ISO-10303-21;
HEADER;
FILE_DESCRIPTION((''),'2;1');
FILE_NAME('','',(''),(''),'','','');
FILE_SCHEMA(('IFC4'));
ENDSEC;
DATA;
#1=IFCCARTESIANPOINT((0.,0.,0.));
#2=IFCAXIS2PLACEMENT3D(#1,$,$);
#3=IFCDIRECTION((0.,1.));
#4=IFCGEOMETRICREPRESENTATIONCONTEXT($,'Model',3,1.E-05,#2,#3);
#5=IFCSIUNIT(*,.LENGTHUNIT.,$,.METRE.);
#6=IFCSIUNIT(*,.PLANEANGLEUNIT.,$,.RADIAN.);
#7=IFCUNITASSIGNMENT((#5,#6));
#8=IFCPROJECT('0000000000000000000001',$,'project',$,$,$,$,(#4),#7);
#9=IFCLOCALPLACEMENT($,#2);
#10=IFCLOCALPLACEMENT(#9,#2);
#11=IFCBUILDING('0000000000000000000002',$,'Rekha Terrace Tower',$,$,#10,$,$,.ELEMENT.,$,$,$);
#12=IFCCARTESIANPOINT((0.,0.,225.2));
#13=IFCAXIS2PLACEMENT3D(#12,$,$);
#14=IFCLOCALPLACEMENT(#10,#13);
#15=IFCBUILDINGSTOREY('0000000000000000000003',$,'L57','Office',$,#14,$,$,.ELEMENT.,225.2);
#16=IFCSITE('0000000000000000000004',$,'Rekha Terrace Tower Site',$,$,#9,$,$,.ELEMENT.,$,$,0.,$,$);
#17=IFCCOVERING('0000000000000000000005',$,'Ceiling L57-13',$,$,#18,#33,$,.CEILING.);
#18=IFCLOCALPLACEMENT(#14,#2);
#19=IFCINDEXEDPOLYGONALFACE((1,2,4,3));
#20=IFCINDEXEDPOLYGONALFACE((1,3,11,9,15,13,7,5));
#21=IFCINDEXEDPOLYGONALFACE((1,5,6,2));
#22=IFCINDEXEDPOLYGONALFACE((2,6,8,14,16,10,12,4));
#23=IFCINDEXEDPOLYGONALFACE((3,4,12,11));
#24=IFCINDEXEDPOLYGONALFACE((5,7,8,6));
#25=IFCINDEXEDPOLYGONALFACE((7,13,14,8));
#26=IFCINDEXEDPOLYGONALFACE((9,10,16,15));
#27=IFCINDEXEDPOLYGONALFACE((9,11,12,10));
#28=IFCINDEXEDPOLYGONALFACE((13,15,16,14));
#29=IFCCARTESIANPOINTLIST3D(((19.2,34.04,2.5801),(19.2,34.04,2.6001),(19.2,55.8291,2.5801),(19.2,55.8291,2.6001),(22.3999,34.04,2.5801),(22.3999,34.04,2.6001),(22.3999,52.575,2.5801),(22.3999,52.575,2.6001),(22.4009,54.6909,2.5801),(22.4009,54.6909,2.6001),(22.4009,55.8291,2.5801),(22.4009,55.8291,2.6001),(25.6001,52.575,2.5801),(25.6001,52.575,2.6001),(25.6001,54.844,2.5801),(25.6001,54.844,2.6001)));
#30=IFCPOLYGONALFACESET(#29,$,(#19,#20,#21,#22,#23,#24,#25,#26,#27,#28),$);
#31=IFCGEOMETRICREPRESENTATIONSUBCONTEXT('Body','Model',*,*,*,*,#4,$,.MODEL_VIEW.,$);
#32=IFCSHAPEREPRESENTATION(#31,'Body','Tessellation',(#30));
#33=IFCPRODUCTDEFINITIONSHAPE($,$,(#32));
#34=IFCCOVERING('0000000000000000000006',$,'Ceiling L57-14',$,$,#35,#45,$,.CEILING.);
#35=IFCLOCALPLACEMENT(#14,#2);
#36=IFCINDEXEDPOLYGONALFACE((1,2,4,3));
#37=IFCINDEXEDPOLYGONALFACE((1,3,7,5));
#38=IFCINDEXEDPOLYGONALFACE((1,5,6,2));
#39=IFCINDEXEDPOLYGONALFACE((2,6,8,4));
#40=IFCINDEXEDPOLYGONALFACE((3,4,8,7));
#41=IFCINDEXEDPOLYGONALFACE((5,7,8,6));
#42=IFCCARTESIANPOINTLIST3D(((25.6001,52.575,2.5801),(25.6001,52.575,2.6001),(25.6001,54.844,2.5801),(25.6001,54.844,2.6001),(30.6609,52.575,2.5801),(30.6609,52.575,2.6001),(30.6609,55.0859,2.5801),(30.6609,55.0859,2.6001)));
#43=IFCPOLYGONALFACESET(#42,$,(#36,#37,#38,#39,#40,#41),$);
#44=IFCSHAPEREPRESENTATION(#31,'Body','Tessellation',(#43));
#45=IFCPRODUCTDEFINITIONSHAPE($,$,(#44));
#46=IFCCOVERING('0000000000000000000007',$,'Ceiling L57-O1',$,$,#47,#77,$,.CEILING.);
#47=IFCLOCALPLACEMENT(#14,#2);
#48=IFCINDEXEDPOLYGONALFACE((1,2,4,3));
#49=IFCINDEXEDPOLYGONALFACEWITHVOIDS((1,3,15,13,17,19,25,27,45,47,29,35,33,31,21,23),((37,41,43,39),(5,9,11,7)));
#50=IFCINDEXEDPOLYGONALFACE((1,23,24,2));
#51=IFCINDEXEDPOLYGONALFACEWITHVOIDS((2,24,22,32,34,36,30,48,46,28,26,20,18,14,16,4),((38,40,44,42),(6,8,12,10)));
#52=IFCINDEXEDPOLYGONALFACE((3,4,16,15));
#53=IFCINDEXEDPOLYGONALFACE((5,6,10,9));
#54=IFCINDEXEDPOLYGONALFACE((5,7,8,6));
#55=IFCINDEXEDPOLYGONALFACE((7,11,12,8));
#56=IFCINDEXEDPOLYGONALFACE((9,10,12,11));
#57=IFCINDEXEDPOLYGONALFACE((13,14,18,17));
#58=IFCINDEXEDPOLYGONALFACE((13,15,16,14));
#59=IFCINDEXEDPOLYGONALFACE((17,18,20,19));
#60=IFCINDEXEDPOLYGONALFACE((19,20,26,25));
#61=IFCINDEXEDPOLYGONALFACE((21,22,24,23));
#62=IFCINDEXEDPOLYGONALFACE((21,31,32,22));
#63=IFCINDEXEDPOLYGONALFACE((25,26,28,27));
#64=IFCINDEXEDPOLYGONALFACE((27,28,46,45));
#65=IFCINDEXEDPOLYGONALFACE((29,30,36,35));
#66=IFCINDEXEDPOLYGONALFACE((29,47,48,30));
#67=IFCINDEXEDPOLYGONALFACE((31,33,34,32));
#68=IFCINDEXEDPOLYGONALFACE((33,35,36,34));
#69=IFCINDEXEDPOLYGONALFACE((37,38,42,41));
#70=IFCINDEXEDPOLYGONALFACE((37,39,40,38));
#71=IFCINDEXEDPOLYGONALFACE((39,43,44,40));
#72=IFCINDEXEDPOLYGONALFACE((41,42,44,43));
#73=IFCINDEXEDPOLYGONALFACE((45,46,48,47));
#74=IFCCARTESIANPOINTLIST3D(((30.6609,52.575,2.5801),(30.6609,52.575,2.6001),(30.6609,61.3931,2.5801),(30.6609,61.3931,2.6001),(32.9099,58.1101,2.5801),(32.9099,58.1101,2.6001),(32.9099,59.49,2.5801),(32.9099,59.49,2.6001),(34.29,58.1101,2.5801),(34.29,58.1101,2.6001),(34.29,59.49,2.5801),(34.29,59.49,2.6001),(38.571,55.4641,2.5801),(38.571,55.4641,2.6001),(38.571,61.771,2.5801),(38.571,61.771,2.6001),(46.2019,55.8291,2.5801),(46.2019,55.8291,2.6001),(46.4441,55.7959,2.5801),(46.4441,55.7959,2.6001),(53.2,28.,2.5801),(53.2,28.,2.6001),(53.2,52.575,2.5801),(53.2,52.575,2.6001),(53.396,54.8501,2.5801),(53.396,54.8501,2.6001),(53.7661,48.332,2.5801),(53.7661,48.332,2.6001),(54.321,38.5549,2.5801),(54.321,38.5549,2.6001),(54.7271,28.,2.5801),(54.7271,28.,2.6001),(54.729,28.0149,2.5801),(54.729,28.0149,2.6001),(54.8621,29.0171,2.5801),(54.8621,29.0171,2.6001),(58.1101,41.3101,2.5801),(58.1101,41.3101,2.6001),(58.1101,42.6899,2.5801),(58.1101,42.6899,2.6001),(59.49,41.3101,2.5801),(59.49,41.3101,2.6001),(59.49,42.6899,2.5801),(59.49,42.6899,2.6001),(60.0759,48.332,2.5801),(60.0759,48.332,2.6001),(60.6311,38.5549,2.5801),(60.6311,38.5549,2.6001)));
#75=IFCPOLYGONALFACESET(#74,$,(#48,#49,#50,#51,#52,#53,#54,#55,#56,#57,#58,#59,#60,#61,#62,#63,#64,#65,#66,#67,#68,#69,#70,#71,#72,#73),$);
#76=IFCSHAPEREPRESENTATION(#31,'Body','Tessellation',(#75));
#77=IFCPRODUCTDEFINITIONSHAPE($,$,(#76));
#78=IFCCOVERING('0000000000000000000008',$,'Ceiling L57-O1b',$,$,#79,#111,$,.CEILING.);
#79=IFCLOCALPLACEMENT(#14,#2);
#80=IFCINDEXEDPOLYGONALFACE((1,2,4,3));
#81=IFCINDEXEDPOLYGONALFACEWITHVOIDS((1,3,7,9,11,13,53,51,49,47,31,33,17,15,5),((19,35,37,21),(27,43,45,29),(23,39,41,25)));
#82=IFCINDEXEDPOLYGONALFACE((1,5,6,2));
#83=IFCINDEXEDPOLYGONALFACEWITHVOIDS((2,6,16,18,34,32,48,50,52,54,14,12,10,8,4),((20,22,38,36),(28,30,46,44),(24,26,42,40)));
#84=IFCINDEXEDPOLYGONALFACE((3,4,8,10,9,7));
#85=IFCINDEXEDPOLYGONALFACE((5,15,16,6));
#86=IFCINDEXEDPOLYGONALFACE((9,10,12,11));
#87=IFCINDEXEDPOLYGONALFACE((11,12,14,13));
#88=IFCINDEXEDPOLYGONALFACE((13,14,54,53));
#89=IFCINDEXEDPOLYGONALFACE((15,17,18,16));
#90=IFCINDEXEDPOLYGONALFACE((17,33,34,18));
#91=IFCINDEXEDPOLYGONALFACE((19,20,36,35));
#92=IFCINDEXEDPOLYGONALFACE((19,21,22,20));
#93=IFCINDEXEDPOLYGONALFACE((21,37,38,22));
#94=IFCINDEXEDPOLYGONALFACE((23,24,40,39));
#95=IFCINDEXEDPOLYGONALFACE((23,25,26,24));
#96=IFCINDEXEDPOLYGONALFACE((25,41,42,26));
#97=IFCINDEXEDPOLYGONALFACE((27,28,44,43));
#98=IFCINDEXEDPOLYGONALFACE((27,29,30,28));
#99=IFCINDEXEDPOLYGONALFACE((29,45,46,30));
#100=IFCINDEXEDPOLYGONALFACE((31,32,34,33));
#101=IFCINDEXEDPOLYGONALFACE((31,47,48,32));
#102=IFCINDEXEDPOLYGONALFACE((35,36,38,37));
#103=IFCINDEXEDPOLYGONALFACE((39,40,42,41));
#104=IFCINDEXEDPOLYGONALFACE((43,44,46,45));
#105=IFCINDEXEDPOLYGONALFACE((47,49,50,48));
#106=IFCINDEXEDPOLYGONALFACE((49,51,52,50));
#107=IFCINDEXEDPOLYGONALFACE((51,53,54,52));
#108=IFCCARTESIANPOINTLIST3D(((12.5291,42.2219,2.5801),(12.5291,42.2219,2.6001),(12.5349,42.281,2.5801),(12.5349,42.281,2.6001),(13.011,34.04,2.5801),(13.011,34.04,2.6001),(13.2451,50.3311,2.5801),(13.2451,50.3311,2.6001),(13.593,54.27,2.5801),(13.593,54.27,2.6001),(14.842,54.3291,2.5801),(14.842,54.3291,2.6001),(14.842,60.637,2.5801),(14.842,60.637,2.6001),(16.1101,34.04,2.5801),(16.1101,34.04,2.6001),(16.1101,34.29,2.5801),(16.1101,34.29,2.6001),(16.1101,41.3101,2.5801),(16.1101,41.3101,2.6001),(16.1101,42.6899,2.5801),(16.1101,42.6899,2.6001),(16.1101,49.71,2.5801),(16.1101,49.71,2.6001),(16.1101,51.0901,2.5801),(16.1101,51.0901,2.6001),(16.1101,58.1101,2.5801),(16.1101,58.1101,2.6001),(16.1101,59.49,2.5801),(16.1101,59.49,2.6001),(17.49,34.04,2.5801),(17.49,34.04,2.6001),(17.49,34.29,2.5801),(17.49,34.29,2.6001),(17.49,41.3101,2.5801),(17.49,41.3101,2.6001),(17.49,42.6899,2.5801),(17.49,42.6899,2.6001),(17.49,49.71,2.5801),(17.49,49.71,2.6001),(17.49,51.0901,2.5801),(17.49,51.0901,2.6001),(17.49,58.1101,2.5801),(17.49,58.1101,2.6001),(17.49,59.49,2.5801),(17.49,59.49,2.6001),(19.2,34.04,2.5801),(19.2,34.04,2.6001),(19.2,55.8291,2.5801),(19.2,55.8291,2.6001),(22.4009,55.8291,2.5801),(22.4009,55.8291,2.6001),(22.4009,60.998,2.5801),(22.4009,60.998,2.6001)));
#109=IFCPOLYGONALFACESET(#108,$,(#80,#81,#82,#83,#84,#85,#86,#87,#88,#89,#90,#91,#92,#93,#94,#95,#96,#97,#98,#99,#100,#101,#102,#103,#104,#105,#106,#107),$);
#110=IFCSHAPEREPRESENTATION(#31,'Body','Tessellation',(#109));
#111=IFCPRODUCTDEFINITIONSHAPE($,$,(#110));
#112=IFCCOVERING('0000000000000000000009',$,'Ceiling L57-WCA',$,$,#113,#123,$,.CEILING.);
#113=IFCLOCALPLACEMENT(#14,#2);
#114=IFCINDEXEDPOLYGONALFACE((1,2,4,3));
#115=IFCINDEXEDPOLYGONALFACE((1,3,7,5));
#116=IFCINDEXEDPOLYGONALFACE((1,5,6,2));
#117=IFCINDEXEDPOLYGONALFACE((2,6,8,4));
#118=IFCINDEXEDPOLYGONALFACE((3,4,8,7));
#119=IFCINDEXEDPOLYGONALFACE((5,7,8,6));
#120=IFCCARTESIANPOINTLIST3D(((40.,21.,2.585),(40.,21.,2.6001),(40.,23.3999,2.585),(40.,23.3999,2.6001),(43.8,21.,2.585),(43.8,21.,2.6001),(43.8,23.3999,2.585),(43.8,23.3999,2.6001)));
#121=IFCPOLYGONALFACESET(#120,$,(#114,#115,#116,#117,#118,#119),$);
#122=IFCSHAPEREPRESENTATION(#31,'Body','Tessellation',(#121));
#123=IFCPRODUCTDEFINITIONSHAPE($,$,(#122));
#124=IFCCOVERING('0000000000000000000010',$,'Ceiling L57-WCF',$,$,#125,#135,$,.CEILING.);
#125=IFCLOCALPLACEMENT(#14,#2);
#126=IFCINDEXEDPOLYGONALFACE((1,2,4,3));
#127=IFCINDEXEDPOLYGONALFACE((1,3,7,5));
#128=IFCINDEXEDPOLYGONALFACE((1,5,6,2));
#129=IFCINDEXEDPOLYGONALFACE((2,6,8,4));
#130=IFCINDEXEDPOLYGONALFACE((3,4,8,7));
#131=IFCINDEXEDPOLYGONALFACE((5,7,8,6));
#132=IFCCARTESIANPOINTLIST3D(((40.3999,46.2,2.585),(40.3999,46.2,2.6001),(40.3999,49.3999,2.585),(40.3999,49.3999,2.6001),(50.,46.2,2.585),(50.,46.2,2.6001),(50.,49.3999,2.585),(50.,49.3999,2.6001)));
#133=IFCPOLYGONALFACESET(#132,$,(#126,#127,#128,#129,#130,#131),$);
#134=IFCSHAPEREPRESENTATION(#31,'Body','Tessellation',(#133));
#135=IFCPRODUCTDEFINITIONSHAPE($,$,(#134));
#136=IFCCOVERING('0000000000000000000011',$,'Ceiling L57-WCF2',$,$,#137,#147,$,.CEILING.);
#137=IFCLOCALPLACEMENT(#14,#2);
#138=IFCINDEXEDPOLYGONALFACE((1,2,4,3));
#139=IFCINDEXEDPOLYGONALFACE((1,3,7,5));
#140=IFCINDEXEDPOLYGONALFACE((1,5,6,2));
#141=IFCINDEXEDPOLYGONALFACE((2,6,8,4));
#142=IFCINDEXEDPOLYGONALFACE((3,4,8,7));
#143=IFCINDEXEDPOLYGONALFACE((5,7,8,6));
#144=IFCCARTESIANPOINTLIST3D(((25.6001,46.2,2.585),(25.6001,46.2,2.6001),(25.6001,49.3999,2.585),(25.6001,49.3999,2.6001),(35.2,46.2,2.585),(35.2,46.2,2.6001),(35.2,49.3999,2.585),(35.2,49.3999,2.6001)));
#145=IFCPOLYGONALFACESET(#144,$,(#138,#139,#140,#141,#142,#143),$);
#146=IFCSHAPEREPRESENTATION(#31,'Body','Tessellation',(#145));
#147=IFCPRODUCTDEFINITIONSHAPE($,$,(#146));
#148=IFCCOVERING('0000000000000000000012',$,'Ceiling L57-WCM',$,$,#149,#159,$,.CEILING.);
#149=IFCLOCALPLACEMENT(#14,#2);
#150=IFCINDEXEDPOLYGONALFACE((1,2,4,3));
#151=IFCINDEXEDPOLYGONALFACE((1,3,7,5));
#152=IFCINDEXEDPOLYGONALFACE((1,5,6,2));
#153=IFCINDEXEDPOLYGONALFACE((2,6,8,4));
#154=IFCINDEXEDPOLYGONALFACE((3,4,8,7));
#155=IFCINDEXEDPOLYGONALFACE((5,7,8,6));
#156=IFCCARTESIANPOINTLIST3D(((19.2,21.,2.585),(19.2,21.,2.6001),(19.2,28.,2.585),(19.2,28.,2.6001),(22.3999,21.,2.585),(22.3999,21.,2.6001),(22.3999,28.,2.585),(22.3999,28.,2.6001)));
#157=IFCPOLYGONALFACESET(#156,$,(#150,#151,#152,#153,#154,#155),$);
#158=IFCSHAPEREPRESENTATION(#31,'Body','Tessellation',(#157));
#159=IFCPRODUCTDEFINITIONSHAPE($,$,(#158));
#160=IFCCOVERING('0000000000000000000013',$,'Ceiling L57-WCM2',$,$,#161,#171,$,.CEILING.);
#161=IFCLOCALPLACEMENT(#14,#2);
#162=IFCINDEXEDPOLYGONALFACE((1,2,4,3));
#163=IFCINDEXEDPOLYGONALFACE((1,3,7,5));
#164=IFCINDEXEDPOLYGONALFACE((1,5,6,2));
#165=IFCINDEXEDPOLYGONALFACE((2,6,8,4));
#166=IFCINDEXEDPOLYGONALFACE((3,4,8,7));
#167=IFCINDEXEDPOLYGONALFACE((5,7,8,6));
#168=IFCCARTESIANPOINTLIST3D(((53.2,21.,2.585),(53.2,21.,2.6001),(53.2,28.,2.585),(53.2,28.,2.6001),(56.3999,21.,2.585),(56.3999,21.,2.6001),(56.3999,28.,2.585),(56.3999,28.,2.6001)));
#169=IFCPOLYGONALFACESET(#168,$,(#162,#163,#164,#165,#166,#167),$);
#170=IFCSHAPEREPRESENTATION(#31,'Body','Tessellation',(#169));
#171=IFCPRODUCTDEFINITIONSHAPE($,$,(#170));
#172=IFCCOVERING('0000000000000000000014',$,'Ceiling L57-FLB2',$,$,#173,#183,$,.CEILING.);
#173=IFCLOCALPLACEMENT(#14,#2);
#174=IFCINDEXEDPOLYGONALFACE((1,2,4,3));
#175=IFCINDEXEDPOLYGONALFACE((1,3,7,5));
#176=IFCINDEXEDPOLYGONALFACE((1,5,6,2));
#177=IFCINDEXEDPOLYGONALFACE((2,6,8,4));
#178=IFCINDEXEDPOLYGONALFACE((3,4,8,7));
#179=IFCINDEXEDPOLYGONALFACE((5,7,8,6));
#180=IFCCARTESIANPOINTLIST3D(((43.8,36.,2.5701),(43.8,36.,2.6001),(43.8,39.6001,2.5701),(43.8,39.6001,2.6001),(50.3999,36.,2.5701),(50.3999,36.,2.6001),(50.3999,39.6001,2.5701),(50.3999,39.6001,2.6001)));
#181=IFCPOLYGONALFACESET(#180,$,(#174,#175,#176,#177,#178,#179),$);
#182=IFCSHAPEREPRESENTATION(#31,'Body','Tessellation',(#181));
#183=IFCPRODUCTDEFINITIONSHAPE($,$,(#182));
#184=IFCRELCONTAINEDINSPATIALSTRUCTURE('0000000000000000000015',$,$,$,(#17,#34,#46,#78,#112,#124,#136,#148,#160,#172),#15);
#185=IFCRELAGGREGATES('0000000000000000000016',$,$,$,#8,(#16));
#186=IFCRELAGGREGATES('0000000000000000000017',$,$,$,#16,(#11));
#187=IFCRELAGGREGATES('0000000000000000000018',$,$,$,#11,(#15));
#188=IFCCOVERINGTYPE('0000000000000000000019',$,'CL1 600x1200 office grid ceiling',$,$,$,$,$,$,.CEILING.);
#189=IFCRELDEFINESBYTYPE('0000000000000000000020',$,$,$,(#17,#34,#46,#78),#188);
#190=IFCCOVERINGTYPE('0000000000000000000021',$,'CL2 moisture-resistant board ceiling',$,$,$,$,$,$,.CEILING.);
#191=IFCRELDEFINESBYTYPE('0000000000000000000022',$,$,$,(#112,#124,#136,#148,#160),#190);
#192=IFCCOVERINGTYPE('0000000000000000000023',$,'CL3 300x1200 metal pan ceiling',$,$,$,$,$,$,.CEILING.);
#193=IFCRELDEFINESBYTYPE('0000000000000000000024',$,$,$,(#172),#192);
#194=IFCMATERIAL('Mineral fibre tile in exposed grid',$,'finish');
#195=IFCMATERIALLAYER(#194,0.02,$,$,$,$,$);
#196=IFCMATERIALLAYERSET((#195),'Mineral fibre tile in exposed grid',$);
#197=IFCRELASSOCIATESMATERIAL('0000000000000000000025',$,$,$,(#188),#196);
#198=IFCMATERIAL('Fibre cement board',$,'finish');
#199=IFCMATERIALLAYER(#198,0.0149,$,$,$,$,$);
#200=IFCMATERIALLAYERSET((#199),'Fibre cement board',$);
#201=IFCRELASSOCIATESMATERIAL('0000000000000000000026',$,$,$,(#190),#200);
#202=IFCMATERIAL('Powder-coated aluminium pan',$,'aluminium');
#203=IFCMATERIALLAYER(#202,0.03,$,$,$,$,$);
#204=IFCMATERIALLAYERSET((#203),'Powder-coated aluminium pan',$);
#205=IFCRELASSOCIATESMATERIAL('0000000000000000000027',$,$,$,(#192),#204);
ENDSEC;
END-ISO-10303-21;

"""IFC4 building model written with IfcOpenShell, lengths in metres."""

from ifc_helpers import new_model, si_unit, direction, frame, origin, place, context, subcontext, project, spatial, polyline, outline, extrude, material, layer, layer_set, type_object, element, save


model = new_model("IFC4")

# Units and contexts
model_context = context("Model", 3, precision=1e-05, world=origin(), true_north=direction((0.0, 1.0)))
body_context = subcontext(model_context, "Body", "Model", "MODEL_VIEW")
ifc_project = project(units=[si_unit("LENGTHUNIT", "METRE"), si_unit("PLANEANGLEUNIT", "RADIAN")], contexts=[model_context])

# Site, building, storey
site_placement = place(None, origin())
site = spatial("IfcSite", under=ifc_project, at=site_placement, Name="Rekha Terrace Tower Site", CompositionType="ELEMENT", RefElevation=0.0)
building_placement = place(site_placement, origin())
building = spatial("IfcBuilding", under=site, at=building_placement, Name="Rekha Terrace Tower", CompositionType="ELEMENT")
storey_placement = place(building_placement, frame((0.0, 0.0, 225.2)))
storey = spatial("IfcBuildingStorey", under=building, at=storey_placement, Name="L57", Description="Office", CompositionType="ELEMENT", Elevation=225.2)

# Coverings
ifc_material_1 = material(Name="Mineral fibre tile in exposed grid", Category="finish")
ifc_layer_1 = layer(ifc_material_1, 0.02)
ifc_layer_set_1 = layer_set([ifc_layer_1], Name="Mineral fibre tile in exposed grid")
covering_type_1 = type_object("IfcCoveringType", Name="CL1 600x1200 office grid ceiling", PredefinedType="CEILING", material=ifc_layer_set_1)
covering_1_placement = place(storey_placement, frame((0.0, 0.0, 2.5801)))
element("IfcCovering", 1, at=covering_1_placement, inside=storey, type_object=covering_type_1, Name="Ceiling L57-13", PredefinedType="CEILING", context=body_context, shape_type="SweptSolid", body=[
    extrude(outline(polyline([(22.3999, 52.575), (25.6001, 52.575), (25.6001, 54.844), (22.4009, 54.6909), (22.4009, 55.8291), (19.2, 55.8291), (19.2, 34.04), (22.3999, 34.04), (22.3999, 52.575)])), origin(), (0.0, 0.0, 1.0), 0.02),
])
covering_2_placement = place(storey_placement, frame((0.0, 0.0, 2.5801)))
element("IfcCovering", 2, at=covering_2_placement, inside=storey, type_object=covering_type_1, Name="Ceiling L57-14", PredefinedType="CEILING", context=body_context, shape_type="SweptSolid", body=[
    extrude(outline(polyline([(25.6001, 54.844), (25.6001, 52.575), (30.6609, 52.575), (30.6609, 55.0859), (25.6001, 54.844)])), origin(), (0.0, 0.0, 1.0), 0.02),
])
covering_3_placement = place(storey_placement, frame((0.0, 0.0, 2.5801)))
element("IfcCovering", 3, at=covering_3_placement, inside=storey, type_object=covering_type_1, Name="Ceiling L57-O1", PredefinedType="CEILING", context=body_context, shape_type="SweptSolid", body=[
    extrude(outline(polyline([(46.2019, 55.8291), (38.571, 55.4641), (38.571, 61.771), (30.6609, 61.3931), (30.6609, 52.575), (53.2, 52.575), (53.2, 28.0), (54.7271, 28.0), (54.729, 28.0149), (54.8621, 29.0171), (54.321, 38.5549), (60.6311, 38.5549), (60.0759, 48.332), (53.7661, 48.332), (53.396, 54.8501), (46.4441, 55.7959), (46.2019, 55.8291)]), holes=[polyline([(59.49, 41.3101), (58.1101, 41.3101), (58.1101, 42.6899), (59.49, 42.6899), (59.49, 41.3101)]), polyline([(34.29, 58.1101), (32.9099, 58.1101), (32.9099, 59.49), (34.29, 59.49), (34.29, 58.1101)])]), origin(), (0.0, 0.0, 1.0), 0.02),
])
covering_4_placement = place(storey_placement, frame((0.0, 0.0, 2.5801)))
element("IfcCovering", 4, at=covering_4_placement, inside=storey, type_object=covering_type_1, Name="Ceiling L57-O1b", PredefinedType="CEILING", context=body_context, shape_type="SweptSolid", body=[
    extrude(outline(polyline([(13.2451, 50.3311), (12.5349, 42.281), (12.5291, 42.2219), (13.011, 34.04), (16.1101, 34.04), (16.1101, 34.29), (17.49, 34.29), (17.49, 34.04), (19.2, 34.04), (19.2, 55.8291), (22.4009, 55.8291), (22.4009, 60.998), (14.842, 60.637), (14.842, 54.3291), (13.593, 54.27), (13.2451, 50.3311)]), holes=[polyline([(17.49, 42.6899), (17.49, 41.3101), (16.1101, 41.3101), (16.1101, 42.6899), (17.49, 42.6899)]), polyline([(17.49, 51.0901), (17.49, 49.71), (16.1101, 49.71), (16.1101, 51.0901), (17.49, 51.0901)]), polyline([(17.49, 59.49), (17.49, 58.1101), (16.1101, 58.1101), (16.1101, 59.49), (17.49, 59.49)])]), origin(), (0.0, 0.0, 1.0), 0.02),
])
ifc_material_2 = material(Name="Fibre cement board", Category="finish")
ifc_layer_2 = layer(ifc_material_2, 0.0149)
ifc_layer_set_2 = layer_set([ifc_layer_2], Name="Fibre cement board")
covering_type_2 = type_object("IfcCoveringType", Name="CL2 moisture-resistant board ceiling", PredefinedType="CEILING", material=ifc_layer_set_2)
covering_5_placement = place(storey_placement, frame((0.0, 0.0, 2.585)))
element("IfcCovering", 5, at=covering_5_placement, inside=storey, type_object=covering_type_2, Name="Ceiling L57-WCA", PredefinedType="CEILING", context=body_context, shape_type="SweptSolid", body=[
    extrude(outline(polyline([(43.8, 23.3999), (40.0, 23.3999), (40.0, 21.0), (43.8, 21.0), (43.8, 23.3999)])), origin(), (0.0, 0.0, 1.0), 0.0151),
])
covering_6_placement = place(storey_placement, frame((0.0, 0.0, 2.585)))
element("IfcCovering", 6, at=covering_6_placement, inside=storey, type_object=covering_type_2, Name="Ceiling L57-WCF", PredefinedType="CEILING", context=body_context, shape_type="SweptSolid", body=[
    extrude(outline(polyline([(50.0, 49.3999), (40.3999, 49.3999), (40.3999, 46.2), (50.0, 46.2), (50.0, 49.3999)])), origin(), (0.0, 0.0, 1.0), 0.0151),
])
covering_7_placement = place(storey_placement, frame((0.0, 0.0, 2.585)))
element("IfcCovering", 7, at=covering_7_placement, inside=storey, type_object=covering_type_2, Name="Ceiling L57-WCF2", PredefinedType="CEILING", context=body_context, shape_type="SweptSolid", body=[
    extrude(outline(polyline([(35.2, 49.3999), (25.6001, 49.3999), (25.6001, 46.2), (35.2, 46.2), (35.2, 49.3999)])), origin(), (0.0, 0.0, 1.0), 0.0151),
])
covering_8_placement = place(storey_placement, frame((0.0, 0.0, 2.585)))
element("IfcCovering", 8, at=covering_8_placement, inside=storey, type_object=covering_type_2, Name="Ceiling L57-WCM", PredefinedType="CEILING", context=body_context, shape_type="SweptSolid", body=[
    extrude(outline(polyline([(22.3999, 28.0), (19.2, 28.0), (19.2, 21.0), (22.3999, 21.0), (22.3999, 28.0)])), origin(), (0.0, 0.0, 1.0), 0.0151),
])
covering_9_placement = place(storey_placement, frame((0.0, 0.0, 2.585)))
element("IfcCovering", 9, at=covering_9_placement, inside=storey, type_object=covering_type_2, Name="Ceiling L57-WCM2", PredefinedType="CEILING", context=body_context, shape_type="SweptSolid", body=[
    extrude(outline(polyline([(56.3999, 28.0), (53.2, 28.0), (53.2, 21.0), (56.3999, 21.0), (56.3999, 28.0)])), origin(), (0.0, 0.0, 1.0), 0.0151),
])
ifc_material_3 = material(Name="Powder-coated aluminium pan", Category="aluminium")
ifc_layer_3 = layer(ifc_material_3, 0.03)
ifc_layer_set_3 = layer_set([ifc_layer_3], Name="Powder-coated aluminium pan")
covering_type_3 = type_object("IfcCoveringType", Name="CL3 300x1200 metal pan ceiling", PredefinedType="CEILING", material=ifc_layer_set_3)
covering_10_placement = place(storey_placement, frame((0.0, 0.0, 2.5701)))
element("IfcCovering", 10, at=covering_10_placement, inside=storey, type_object=covering_type_3, Name="Ceiling L57-FLB2", PredefinedType="CEILING", context=body_context, shape_type="SweptSolid", body=[
    extrude(outline(polyline([(50.3999, 39.6001), (43.8, 39.6001), (43.8, 36.0), (50.3999, 36.0), (50.3999, 39.6001)])), origin(), (0.0, 0.0, 1.0), 0.03),
])

save(model, "model.ifc")
